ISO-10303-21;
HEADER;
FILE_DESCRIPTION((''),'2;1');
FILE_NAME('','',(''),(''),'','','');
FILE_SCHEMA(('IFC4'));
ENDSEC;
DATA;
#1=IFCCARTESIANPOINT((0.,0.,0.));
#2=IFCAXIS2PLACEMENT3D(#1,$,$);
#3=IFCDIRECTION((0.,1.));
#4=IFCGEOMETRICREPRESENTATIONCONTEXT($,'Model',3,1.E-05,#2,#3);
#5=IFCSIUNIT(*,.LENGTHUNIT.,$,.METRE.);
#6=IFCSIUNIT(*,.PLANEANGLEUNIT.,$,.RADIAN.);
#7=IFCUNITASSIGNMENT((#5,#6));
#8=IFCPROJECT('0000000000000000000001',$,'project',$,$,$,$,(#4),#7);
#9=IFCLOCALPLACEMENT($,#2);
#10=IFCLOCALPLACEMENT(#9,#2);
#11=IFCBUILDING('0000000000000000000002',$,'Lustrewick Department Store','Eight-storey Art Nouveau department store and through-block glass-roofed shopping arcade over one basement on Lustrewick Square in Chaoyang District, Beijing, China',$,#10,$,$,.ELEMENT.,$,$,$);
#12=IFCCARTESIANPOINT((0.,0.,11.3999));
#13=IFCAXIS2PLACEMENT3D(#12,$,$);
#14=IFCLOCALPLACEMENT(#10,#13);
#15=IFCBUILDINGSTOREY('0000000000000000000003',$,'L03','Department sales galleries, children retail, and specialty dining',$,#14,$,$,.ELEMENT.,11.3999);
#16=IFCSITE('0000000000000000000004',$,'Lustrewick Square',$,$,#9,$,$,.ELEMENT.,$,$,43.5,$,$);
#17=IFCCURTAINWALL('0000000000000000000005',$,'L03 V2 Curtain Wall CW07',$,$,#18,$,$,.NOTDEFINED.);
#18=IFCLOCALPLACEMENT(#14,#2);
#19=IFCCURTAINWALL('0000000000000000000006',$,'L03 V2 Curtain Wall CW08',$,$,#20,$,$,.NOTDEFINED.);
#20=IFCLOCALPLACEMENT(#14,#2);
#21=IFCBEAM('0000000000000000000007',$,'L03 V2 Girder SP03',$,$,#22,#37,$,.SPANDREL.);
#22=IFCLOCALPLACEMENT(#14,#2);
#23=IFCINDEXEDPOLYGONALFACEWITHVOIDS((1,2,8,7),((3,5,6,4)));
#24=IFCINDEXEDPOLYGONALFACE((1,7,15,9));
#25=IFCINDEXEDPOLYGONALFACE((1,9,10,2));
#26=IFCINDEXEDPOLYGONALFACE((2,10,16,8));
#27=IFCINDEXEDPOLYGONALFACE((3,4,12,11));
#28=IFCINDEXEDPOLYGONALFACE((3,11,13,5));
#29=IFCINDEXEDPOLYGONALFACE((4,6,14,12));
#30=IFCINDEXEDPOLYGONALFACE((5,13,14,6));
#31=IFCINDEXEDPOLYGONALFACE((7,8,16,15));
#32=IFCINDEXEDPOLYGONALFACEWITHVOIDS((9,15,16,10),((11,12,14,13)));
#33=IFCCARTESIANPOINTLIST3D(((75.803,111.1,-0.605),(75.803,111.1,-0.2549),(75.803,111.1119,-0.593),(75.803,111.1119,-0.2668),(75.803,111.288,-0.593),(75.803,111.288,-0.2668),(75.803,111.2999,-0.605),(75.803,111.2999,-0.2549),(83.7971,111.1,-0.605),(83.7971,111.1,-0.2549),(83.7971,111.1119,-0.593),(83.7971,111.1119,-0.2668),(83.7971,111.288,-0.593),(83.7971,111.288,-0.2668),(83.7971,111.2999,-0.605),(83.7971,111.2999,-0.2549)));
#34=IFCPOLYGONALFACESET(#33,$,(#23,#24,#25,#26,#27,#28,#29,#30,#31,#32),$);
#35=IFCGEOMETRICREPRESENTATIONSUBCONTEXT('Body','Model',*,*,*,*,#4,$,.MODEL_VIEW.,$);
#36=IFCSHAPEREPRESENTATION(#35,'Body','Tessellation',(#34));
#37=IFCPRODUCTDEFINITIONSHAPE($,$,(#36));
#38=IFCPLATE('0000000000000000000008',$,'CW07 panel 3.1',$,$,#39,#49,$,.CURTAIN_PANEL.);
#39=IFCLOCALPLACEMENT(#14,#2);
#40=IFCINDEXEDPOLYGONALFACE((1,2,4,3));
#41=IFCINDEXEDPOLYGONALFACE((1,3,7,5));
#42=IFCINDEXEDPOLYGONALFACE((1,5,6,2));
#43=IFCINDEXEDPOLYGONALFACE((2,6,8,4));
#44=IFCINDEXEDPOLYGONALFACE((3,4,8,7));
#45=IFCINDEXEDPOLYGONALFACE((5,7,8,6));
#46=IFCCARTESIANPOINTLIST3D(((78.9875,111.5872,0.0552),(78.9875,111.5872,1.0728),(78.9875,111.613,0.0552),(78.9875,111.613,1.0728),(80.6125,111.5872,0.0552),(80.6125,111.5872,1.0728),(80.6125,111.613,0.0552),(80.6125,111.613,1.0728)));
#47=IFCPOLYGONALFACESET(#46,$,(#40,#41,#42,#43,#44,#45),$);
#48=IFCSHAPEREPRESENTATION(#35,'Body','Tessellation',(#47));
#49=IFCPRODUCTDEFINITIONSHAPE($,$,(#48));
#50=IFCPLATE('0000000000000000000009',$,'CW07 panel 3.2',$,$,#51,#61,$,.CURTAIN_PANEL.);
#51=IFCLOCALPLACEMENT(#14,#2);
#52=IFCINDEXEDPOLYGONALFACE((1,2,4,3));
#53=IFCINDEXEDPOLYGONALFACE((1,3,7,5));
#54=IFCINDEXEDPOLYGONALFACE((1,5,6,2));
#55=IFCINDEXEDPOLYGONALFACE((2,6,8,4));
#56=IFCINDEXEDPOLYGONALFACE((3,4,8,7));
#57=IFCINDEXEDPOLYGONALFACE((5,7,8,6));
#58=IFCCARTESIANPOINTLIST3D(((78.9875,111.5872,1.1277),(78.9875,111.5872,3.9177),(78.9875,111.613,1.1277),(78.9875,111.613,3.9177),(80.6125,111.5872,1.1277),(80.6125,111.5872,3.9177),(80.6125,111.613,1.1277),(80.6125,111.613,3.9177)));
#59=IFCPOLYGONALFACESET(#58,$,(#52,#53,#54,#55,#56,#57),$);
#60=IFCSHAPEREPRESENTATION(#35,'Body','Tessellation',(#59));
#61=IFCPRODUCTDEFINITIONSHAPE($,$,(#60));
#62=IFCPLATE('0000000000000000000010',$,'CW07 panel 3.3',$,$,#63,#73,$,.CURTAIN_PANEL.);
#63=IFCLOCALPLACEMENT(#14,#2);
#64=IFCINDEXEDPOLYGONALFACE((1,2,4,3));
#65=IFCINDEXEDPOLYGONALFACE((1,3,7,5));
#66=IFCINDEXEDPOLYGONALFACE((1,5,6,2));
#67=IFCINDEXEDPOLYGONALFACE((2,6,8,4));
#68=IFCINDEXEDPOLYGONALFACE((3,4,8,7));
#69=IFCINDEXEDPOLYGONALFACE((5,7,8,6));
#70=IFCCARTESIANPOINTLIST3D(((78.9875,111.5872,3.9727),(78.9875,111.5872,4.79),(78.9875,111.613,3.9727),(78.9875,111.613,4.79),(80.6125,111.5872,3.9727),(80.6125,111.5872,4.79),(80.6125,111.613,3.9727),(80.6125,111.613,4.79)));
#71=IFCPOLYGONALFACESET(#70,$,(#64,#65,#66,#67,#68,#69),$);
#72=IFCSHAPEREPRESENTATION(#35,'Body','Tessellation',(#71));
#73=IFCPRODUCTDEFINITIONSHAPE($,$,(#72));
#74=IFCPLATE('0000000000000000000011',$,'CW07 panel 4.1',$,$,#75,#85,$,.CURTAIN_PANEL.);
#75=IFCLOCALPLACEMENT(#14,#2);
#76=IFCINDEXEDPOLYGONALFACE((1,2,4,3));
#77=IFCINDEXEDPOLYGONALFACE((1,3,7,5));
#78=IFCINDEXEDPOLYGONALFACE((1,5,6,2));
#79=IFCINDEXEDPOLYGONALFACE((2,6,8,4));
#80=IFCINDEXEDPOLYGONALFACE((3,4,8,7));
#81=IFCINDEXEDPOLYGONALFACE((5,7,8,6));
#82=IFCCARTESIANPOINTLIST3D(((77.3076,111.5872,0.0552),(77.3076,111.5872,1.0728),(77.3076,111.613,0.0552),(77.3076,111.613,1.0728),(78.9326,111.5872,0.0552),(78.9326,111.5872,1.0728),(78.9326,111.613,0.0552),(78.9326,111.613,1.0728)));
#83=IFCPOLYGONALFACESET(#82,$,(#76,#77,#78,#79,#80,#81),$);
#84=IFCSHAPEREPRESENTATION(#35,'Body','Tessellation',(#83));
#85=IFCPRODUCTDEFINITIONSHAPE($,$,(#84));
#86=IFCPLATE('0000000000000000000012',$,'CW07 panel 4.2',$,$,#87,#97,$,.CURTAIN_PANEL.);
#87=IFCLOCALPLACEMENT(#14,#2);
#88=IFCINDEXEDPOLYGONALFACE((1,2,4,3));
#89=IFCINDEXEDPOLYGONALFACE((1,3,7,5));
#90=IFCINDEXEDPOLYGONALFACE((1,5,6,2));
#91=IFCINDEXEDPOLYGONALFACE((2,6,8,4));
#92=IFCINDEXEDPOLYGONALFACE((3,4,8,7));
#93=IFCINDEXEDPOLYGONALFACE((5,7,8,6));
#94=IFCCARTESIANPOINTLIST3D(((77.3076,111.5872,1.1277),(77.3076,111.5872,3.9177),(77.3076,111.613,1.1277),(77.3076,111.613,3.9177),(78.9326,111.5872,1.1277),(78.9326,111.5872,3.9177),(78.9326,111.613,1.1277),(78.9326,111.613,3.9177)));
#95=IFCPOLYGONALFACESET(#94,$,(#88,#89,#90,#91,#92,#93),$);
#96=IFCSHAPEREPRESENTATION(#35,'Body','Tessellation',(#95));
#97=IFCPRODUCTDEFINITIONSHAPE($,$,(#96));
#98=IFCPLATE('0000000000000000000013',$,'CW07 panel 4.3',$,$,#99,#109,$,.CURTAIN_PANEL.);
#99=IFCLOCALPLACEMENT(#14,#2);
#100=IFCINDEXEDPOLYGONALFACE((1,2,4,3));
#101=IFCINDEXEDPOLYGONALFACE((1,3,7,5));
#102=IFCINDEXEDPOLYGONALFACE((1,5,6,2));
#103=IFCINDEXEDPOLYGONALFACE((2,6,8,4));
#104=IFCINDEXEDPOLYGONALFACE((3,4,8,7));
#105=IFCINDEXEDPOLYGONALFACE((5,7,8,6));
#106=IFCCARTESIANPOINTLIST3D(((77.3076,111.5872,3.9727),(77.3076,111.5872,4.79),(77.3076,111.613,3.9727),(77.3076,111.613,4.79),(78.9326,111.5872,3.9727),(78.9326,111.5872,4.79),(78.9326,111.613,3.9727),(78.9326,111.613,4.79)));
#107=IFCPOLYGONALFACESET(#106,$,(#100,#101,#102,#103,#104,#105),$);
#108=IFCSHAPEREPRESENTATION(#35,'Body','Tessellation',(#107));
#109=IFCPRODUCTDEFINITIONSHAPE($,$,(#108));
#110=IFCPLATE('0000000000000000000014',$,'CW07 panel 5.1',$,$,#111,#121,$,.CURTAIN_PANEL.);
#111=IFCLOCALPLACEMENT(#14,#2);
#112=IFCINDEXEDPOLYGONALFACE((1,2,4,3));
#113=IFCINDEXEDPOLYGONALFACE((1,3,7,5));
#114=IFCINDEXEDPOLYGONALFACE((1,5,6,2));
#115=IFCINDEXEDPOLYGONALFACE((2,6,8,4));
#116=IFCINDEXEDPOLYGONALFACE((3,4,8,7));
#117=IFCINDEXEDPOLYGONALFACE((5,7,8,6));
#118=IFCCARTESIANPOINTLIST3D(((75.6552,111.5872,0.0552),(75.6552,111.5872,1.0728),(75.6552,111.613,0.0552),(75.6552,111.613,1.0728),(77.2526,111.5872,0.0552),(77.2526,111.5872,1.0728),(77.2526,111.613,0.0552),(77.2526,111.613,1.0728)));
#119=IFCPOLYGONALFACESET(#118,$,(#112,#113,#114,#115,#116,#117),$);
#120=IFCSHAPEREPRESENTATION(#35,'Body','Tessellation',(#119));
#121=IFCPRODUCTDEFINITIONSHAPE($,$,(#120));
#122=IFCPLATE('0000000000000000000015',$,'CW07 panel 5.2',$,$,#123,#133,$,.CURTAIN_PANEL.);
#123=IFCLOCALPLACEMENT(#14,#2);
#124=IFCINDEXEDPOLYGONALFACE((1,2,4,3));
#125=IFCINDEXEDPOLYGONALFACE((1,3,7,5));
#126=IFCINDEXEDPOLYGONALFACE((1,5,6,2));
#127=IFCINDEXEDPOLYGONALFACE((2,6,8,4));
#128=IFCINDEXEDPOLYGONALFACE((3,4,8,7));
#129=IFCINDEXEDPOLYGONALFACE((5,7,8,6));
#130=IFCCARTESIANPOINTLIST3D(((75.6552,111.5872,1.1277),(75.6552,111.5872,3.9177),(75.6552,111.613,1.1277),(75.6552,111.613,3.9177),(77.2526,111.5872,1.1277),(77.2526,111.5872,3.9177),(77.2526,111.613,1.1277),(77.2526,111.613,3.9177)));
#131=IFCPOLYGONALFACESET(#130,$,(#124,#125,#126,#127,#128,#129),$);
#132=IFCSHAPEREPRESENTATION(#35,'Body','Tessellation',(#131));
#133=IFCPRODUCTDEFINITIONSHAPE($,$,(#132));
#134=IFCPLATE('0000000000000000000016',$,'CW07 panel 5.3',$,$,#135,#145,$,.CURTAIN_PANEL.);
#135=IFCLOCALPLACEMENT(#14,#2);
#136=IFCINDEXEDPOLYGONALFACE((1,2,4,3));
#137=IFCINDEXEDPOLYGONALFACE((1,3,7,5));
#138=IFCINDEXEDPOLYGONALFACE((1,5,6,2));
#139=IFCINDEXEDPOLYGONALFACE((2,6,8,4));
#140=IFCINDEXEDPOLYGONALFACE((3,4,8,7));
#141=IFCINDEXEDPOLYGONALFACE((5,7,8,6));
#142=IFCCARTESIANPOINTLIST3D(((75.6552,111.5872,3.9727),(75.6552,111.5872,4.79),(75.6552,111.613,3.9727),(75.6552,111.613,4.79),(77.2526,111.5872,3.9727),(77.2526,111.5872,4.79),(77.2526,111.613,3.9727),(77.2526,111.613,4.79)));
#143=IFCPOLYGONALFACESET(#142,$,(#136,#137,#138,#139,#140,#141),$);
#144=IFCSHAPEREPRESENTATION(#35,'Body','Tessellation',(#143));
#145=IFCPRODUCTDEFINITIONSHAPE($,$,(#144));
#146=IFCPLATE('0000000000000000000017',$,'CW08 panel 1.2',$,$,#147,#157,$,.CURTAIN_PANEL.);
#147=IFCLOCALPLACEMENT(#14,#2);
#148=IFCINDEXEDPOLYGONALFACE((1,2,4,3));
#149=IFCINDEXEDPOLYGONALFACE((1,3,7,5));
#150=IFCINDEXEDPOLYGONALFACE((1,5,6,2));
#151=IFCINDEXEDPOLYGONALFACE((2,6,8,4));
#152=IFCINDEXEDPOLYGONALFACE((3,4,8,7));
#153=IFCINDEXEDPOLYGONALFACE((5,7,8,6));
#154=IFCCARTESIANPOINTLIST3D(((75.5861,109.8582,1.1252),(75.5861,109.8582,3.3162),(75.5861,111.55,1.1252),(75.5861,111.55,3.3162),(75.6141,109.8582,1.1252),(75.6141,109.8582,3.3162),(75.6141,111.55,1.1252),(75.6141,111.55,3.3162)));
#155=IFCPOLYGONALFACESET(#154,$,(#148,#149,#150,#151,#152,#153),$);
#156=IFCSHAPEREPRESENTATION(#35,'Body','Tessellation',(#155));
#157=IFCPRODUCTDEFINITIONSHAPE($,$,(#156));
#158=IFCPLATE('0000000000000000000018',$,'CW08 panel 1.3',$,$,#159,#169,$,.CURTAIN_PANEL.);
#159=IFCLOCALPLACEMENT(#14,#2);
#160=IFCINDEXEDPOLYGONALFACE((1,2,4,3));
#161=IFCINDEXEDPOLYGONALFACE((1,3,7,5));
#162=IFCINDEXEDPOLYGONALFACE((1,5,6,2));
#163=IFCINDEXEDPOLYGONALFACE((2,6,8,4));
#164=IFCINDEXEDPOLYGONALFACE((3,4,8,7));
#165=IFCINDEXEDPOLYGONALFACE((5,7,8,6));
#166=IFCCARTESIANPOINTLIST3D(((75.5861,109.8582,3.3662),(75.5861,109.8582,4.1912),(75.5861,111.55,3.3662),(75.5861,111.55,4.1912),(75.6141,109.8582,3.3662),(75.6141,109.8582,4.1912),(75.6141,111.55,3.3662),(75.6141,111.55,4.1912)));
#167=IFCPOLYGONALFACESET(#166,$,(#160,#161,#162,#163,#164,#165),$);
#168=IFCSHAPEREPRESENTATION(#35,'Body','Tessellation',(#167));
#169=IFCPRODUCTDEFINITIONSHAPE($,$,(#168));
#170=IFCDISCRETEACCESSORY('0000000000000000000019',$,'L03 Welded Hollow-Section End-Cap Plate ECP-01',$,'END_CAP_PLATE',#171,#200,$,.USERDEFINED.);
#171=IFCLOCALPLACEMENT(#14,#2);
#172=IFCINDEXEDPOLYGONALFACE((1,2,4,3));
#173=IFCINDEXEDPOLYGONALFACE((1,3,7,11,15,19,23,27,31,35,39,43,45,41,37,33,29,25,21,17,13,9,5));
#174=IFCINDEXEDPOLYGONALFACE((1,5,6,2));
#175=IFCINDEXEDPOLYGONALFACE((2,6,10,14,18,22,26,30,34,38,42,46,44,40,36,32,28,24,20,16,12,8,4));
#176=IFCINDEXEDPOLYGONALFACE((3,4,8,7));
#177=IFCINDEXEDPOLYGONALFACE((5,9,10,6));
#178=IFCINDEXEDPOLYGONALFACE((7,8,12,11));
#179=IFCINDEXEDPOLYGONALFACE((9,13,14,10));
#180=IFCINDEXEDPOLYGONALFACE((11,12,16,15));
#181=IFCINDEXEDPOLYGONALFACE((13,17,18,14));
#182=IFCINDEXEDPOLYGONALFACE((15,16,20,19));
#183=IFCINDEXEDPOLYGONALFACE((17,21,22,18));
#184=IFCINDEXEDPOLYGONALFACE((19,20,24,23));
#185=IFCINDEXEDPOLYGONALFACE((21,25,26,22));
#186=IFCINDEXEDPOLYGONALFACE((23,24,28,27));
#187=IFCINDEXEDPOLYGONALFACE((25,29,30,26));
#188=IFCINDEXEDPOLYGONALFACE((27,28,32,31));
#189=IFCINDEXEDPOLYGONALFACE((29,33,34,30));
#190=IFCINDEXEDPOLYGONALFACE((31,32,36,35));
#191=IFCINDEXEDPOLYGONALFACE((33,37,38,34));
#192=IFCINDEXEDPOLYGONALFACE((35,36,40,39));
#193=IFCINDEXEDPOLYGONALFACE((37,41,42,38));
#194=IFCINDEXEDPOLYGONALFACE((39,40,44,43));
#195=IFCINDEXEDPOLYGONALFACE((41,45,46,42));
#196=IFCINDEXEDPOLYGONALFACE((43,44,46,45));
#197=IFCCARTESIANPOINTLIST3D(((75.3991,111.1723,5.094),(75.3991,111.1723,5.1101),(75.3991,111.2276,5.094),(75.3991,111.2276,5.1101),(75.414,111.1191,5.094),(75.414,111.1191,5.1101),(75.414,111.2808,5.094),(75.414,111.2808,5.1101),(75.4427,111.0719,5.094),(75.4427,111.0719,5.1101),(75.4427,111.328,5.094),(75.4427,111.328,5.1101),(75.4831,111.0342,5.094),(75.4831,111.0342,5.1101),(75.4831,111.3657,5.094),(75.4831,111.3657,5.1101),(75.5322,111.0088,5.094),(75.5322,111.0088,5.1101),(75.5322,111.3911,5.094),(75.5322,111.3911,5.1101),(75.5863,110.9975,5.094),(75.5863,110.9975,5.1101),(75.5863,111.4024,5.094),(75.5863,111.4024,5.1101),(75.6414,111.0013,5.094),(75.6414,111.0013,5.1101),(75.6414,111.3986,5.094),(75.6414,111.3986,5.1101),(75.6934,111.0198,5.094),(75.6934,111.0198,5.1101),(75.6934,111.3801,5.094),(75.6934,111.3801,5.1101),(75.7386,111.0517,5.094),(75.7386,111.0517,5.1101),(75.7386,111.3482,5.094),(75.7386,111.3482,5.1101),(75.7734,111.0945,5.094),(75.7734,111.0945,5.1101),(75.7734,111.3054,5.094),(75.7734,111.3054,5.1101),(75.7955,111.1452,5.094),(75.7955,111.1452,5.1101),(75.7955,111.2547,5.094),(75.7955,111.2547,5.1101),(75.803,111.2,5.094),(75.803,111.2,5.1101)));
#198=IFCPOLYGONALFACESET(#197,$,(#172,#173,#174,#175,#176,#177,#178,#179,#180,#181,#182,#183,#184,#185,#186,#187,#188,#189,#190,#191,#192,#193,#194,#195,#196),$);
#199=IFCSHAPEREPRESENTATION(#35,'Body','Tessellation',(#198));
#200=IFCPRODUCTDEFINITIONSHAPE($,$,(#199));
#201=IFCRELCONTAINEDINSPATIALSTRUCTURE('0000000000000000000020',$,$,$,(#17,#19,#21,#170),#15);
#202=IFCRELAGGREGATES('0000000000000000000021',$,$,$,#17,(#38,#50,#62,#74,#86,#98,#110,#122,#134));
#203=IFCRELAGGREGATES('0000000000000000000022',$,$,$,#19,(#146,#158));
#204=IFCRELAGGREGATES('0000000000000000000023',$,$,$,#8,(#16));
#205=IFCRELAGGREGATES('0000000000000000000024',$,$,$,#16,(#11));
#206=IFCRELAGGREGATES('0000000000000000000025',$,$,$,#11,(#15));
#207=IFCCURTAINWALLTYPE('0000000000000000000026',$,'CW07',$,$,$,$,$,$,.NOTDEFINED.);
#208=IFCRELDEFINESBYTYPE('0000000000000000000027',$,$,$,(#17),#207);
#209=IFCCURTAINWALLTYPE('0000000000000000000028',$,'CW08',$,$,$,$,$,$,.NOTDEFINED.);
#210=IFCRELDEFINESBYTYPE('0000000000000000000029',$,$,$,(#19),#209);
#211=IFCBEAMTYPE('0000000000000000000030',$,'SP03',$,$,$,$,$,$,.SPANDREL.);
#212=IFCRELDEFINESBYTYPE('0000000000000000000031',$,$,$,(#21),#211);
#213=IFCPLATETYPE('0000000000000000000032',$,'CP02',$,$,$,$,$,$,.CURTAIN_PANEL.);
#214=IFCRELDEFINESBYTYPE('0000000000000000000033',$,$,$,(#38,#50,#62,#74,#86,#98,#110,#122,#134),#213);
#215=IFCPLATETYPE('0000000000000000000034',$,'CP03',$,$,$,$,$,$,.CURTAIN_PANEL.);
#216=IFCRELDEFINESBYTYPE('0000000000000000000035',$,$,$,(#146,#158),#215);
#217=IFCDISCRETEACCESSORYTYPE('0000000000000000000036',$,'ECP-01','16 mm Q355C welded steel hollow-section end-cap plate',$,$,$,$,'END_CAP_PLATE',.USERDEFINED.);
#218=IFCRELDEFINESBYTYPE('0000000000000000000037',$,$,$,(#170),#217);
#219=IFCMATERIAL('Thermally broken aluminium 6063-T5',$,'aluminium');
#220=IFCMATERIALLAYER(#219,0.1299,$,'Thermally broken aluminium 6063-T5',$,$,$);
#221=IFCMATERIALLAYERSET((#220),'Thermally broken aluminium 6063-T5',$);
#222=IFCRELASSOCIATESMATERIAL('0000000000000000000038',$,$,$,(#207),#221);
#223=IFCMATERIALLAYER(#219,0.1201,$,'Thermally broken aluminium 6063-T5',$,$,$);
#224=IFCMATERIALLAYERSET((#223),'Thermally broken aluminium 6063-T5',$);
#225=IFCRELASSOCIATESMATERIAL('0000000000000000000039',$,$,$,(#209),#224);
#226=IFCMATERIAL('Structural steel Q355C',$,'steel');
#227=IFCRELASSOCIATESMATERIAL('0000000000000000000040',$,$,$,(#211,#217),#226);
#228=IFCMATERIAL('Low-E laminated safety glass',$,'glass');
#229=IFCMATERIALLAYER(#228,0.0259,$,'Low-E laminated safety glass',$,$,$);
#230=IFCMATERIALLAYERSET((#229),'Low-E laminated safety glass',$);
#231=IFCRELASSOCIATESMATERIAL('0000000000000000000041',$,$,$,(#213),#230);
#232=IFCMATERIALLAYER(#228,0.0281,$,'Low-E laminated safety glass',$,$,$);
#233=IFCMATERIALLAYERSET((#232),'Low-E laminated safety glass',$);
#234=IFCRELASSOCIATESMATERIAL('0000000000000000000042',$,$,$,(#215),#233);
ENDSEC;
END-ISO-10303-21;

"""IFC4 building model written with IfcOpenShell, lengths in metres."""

from ifc_helpers import new_model, si_unit, direction, frame, origin, origin_2d, place, context, subcontext, project, spatial, rectangle, hollow_rectangle, circle, extrude, material, layer, layer_set, material_profile, profile_set, type_object, element, aggregate, save


model = new_model("IFC4")

# Units and contexts
model_context = context("Model", 3, precision=1e-05, world=origin(), true_north=direction((0.0, 1.0)))
body_context = subcontext(model_context, "Body", "Model", "MODEL_VIEW")
ifc_project = project(units=[si_unit("LENGTHUNIT", "METRE"), si_unit("PLANEANGLEUNIT", "RADIAN")], contexts=[model_context])

# Site, building, storey
site_placement = place(None, origin())
site = spatial("IfcSite", under=ifc_project, at=site_placement, Name="Lustrewick Square", CompositionType="ELEMENT", RefElevation=43.5)
building_placement = place(site_placement, origin())
building = spatial("IfcBuilding", under=site, at=building_placement, Name="Lustrewick Department Store", Description="Eight-storey Art Nouveau department store and through-block glass-roofed shopping arcade over one basement on Lustrewick Square in Chaoyang District, Beijing, China", CompositionType="ELEMENT")
storey_placement = place(building_placement, frame((0.0, 0.0, 11.3999)))
storey = spatial("IfcBuildingStorey", under=building, at=storey_placement, Name="L03", Description="Department sales galleries, children retail, and specialty dining", CompositionType="ELEMENT", Elevation=11.3999)

# Shared definitions
ifc_material_1 = material(Name="Structural steel Q355C", Category="steel")

# Curtain walls
ifc_material_2 = material(Name="Thermally broken aluminium 6063-T5", Category="aluminium")
ifc_layer_1 = layer(ifc_material_2, 0.1299, Name="Thermally broken aluminium 6063-T5")
ifc_layer_set_1 = layer_set([ifc_layer_1], Name="Thermally broken aluminium 6063-T5")
curtain_wall_type_1 = type_object("IfcCurtainWallType", Name="CW07", PredefinedType="NOTDEFINED", material=ifc_layer_set_1)
curtain_wall_1_placement = place(storey_placement, origin())
curtain_wall_1 = element("IfcCurtainWall", 1, at=curtain_wall_1_placement, inside=storey, type_object=curtain_wall_type_1, Name="L03 V2 Curtain Wall CW07", PredefinedType="NOTDEFINED")
ifc_layer_2 = layer(ifc_material_2, 0.1201, Name="Thermally broken aluminium 6063-T5")
ifc_layer_set_2 = layer_set([ifc_layer_2], Name="Thermally broken aluminium 6063-T5")
curtain_wall_type_2 = type_object("IfcCurtainWallType", Name="CW08", PredefinedType="NOTDEFINED", material=ifc_layer_set_2)
curtain_wall_2_placement = place(storey_placement, origin())
curtain_wall_2 = element("IfcCurtainWall", 2, at=curtain_wall_2_placement, inside=storey, type_object=curtain_wall_type_2, Name="L03 V2 Curtain Wall CW08", PredefinedType="NOTDEFINED")

# Beam
ifc_material_profile_1 = material_profile(ifc_material_1, hollow_rectangle(XDim=0.2, YDim=0.3501, WallThickness=0.012, at=origin_2d()), Name="RHS 350x200x12")
ifc_profile_set_1 = profile_set([ifc_material_profile_1], Name="Structural steel Q355C")
beam_type = type_object("IfcBeamType", Name="SP03", PredefinedType="SPANDREL", material=ifc_profile_set_1)
beam_placement = place(storey_placement, frame((75.803, 111.2, -0.4299), z_axis=(1.0, 0.0, 0.0), x_axis=(0.0, 1.0, 0.0)))
element("IfcBeam", 3, at=beam_placement, inside=storey, type_object=beam_type, Name="L03 V2 Girder SP03", PredefinedType="SPANDREL", context=body_context, shape_type="SweptSolid", body=[
    extrude(hollow_rectangle(XDim=0.2, YDim=0.3501, WallThickness=0.012, at=origin_2d()), origin(), (0.0, 0.0, 1.0), 7.9941),
])

# Plates
ifc_material_3 = material(Name="Low-E laminated safety glass", Category="glass")
ifc_layer_3 = layer(ifc_material_3, 0.0259, Name="Low-E laminated safety glass")
ifc_layer_set_3 = layer_set([ifc_layer_3], Name="Low-E laminated safety glass")
plate_type_1 = type_object("IfcPlateType", Name="CP02", PredefinedType="CURTAIN_PANEL", material=ifc_layer_set_3)
plate_1_placement = place(storey_placement, frame((79.8, 111.6001, 0.0552), z_axis=(0.0, 0.0, 1.0), x_axis=(-1.0, 0.0, 0.0)))
plate_1 = element("IfcPlate", 4, at=plate_1_placement, type_object=plate_type_1, Name="CW07 panel 3.1", PredefinedType="CURTAIN_PANEL", context=body_context, shape_type="SweptSolid", body=[
    extrude(rectangle(XDim=1.625, YDim=0.0259, at=origin_2d()), origin(), (0.0, 0.0, 1.0), 1.0176),
])
plate_2_placement = place(storey_placement, frame((79.8, 111.6001, 1.1277), z_axis=(0.0, 0.0, 1.0), x_axis=(-1.0, 0.0, 0.0)))
plate_2 = element("IfcPlate", 5, at=plate_2_placement, type_object=plate_type_1, Name="CW07 panel 3.2", PredefinedType="CURTAIN_PANEL", context=body_context, shape_type="SweptSolid", body=[
    extrude(rectangle(XDim=1.625, YDim=0.0259, at=origin_2d()), origin(), (0.0, 0.0, 1.0), 2.79),
])
plate_3_placement = place(storey_placement, frame((79.8, 111.6001, 3.9727), z_axis=(0.0, 0.0, 1.0), x_axis=(-1.0, 0.0, 0.0)))
plate_3 = element("IfcPlate", 6, at=plate_3_placement, type_object=plate_type_1, Name="CW07 panel 3.3", PredefinedType="CURTAIN_PANEL", context=body_context, shape_type="SweptSolid", body=[
    extrude(rectangle(XDim=1.625, YDim=0.0259, at=origin_2d()), origin(), (0.0, 0.0, 1.0), 0.8174),
])
plate_4_placement = place(storey_placement, frame((78.1201, 111.6001, 0.0552), z_axis=(0.0, 0.0, 1.0), x_axis=(-1.0, 0.0, 0.0)))
plate_4 = element("IfcPlate", 7, at=plate_4_placement, type_object=plate_type_1, Name="CW07 panel 4.1", PredefinedType="CURTAIN_PANEL", context=body_context, shape_type="SweptSolid", body=[
    extrude(rectangle(XDim=1.625, YDim=0.0259, at=origin_2d()), origin(), (0.0, 0.0, 1.0), 1.0176),
])
plate_5_placement = place(storey_placement, frame((78.1201, 111.6001, 1.1277), z_axis=(0.0, 0.0, 1.0), x_axis=(-1.0, 0.0, 0.0)))
plate_5 = element("IfcPlate", 8, at=plate_5_placement, type_object=plate_type_1, Name="CW07 panel 4.2", PredefinedType="CURTAIN_PANEL", context=body_context, shape_type="SweptSolid", body=[
    extrude(rectangle(XDim=1.625, YDim=0.0259, at=origin_2d()), origin(), (0.0, 0.0, 1.0), 2.79),
])
plate_6_placement = place(storey_placement, frame((78.1201, 111.6001, 3.9727), z_axis=(0.0, 0.0, 1.0), x_axis=(-1.0, 0.0, 0.0)))
plate_6 = element("IfcPlate", 9, at=plate_6_placement, type_object=plate_type_1, Name="CW07 panel 4.3", PredefinedType="CURTAIN_PANEL", context=body_context, shape_type="SweptSolid", body=[
    extrude(rectangle(XDim=1.625, YDim=0.0259, at=origin_2d()), origin(), (0.0, 0.0, 1.0), 0.8174),
])
plate_7_placement = place(storey_placement, frame((76.4539, 111.6001, 0.0552), z_axis=(0.0, 0.0, 1.0), x_axis=(-1.0, 0.0, 0.0)))
plate_7 = element("IfcPlate", 10, at=plate_7_placement, type_object=plate_type_1, Name="CW07 panel 5.1", PredefinedType="CURTAIN_PANEL", context=body_context, shape_type="SweptSolid", body=[
    extrude(rectangle(XDim=1.5974, YDim=0.0259, at=origin_2d()), origin(), (0.0, 0.0, 1.0), 1.0176),
])
plate_8_placement = place(storey_placement, frame((76.4539, 111.6001, 1.1277), z_axis=(0.0, 0.0, 1.0), x_axis=(-1.0, 0.0, 0.0)))
plate_8 = element("IfcPlate", 11, at=plate_8_placement, type_object=plate_type_1, Name="CW07 panel 5.2", PredefinedType="CURTAIN_PANEL", context=body_context, shape_type="SweptSolid", body=[
    extrude(rectangle(XDim=1.5974, YDim=0.0259, at=origin_2d()), origin(), (0.0, 0.0, 1.0), 2.79),
])
plate_9_placement = place(storey_placement, frame((76.4539, 111.6001, 3.9727), z_axis=(0.0, 0.0, 1.0), x_axis=(-1.0, 0.0, 0.0)))
plate_9 = element("IfcPlate", 12, at=plate_9_placement, type_object=plate_type_1, Name="CW07 panel 5.3", PredefinedType="CURTAIN_PANEL", context=body_context, shape_type="SweptSolid", body=[
    extrude(rectangle(XDim=1.5974, YDim=0.0259, at=origin_2d()), origin(), (0.0, 0.0, 1.0), 0.8174),
])
aggregate(curtain_wall_1, [plate_1, plate_2, plate_3, plate_4, plate_5, plate_6, plate_7, plate_8, plate_9])
ifc_layer_4 = layer(ifc_material_3, 0.0281, Name="Low-E laminated safety glass")
ifc_layer_set_4 = layer_set([ifc_layer_4], Name="Low-E laminated safety glass")
plate_type_2 = type_object("IfcPlateType", Name="CP03", PredefinedType="CURTAIN_PANEL", material=ifc_layer_set_4)
plate_10_placement = place(storey_placement, frame((75.6001, 110.7041, 1.1252), z_axis=(0.0, 0.0, 1.0), x_axis=(0.0, -1.0, 0.0)))
plate_10 = element("IfcPlate", 13, at=plate_10_placement, type_object=plate_type_2, Name="CW08 panel 1.2", PredefinedType="CURTAIN_PANEL", context=body_context, shape_type="SweptSolid", body=[
    extrude(rectangle(XDim=1.6919, YDim=0.0281, at=origin_2d()), origin(), (0.0, 0.0, 1.0), 2.1909),
])
plate_11_placement = place(storey_placement, frame((75.6001, 110.7041, 3.3662), z_axis=(0.0, 0.0, 1.0), x_axis=(0.0, -1.0, 0.0)))
plate_11 = element("IfcPlate", 14, at=plate_11_placement, type_object=plate_type_2, Name="CW08 panel 1.3", PredefinedType="CURTAIN_PANEL", context=body_context, shape_type="SweptSolid", body=[
    extrude(rectangle(XDim=1.6919, YDim=0.0281, at=origin_2d()), origin(), (0.0, 0.0, 1.0), 0.825),
])
aggregate(curtain_wall_2, [plate_10, plate_11])

# Discrete accessory
discrete_accessory_type = type_object("IfcDiscreteAccessoryType", Name="ECP-01", Description="16 mm Q355C welded steel hollow-section end-cap plate", ElementType="END_CAP_PLATE", PredefinedType="USERDEFINED", material=ifc_material_1)
discrete_accessory_placement = place(storey_placement, frame((75.6001, 111.2, 5.094), z_axis=(0.0, 0.0, 1.0), x_axis=(1.0, 0.0, 0.0)))
element("IfcDiscreteAccessory", 15, at=discrete_accessory_placement, inside=storey, type_object=discrete_accessory_type, Name="L03 Welded Hollow-Section End-Cap Plate ECP-01", ObjectType="END_CAP_PLATE", PredefinedType="USERDEFINED", context=body_context, shape_type="SweptSolid", body=[
    extrude(circle(Radius=0.2029, at=origin_2d()), origin(), (0.0, 0.0, 1.0), 0.0161),
])

save(model, "model.ifc")
